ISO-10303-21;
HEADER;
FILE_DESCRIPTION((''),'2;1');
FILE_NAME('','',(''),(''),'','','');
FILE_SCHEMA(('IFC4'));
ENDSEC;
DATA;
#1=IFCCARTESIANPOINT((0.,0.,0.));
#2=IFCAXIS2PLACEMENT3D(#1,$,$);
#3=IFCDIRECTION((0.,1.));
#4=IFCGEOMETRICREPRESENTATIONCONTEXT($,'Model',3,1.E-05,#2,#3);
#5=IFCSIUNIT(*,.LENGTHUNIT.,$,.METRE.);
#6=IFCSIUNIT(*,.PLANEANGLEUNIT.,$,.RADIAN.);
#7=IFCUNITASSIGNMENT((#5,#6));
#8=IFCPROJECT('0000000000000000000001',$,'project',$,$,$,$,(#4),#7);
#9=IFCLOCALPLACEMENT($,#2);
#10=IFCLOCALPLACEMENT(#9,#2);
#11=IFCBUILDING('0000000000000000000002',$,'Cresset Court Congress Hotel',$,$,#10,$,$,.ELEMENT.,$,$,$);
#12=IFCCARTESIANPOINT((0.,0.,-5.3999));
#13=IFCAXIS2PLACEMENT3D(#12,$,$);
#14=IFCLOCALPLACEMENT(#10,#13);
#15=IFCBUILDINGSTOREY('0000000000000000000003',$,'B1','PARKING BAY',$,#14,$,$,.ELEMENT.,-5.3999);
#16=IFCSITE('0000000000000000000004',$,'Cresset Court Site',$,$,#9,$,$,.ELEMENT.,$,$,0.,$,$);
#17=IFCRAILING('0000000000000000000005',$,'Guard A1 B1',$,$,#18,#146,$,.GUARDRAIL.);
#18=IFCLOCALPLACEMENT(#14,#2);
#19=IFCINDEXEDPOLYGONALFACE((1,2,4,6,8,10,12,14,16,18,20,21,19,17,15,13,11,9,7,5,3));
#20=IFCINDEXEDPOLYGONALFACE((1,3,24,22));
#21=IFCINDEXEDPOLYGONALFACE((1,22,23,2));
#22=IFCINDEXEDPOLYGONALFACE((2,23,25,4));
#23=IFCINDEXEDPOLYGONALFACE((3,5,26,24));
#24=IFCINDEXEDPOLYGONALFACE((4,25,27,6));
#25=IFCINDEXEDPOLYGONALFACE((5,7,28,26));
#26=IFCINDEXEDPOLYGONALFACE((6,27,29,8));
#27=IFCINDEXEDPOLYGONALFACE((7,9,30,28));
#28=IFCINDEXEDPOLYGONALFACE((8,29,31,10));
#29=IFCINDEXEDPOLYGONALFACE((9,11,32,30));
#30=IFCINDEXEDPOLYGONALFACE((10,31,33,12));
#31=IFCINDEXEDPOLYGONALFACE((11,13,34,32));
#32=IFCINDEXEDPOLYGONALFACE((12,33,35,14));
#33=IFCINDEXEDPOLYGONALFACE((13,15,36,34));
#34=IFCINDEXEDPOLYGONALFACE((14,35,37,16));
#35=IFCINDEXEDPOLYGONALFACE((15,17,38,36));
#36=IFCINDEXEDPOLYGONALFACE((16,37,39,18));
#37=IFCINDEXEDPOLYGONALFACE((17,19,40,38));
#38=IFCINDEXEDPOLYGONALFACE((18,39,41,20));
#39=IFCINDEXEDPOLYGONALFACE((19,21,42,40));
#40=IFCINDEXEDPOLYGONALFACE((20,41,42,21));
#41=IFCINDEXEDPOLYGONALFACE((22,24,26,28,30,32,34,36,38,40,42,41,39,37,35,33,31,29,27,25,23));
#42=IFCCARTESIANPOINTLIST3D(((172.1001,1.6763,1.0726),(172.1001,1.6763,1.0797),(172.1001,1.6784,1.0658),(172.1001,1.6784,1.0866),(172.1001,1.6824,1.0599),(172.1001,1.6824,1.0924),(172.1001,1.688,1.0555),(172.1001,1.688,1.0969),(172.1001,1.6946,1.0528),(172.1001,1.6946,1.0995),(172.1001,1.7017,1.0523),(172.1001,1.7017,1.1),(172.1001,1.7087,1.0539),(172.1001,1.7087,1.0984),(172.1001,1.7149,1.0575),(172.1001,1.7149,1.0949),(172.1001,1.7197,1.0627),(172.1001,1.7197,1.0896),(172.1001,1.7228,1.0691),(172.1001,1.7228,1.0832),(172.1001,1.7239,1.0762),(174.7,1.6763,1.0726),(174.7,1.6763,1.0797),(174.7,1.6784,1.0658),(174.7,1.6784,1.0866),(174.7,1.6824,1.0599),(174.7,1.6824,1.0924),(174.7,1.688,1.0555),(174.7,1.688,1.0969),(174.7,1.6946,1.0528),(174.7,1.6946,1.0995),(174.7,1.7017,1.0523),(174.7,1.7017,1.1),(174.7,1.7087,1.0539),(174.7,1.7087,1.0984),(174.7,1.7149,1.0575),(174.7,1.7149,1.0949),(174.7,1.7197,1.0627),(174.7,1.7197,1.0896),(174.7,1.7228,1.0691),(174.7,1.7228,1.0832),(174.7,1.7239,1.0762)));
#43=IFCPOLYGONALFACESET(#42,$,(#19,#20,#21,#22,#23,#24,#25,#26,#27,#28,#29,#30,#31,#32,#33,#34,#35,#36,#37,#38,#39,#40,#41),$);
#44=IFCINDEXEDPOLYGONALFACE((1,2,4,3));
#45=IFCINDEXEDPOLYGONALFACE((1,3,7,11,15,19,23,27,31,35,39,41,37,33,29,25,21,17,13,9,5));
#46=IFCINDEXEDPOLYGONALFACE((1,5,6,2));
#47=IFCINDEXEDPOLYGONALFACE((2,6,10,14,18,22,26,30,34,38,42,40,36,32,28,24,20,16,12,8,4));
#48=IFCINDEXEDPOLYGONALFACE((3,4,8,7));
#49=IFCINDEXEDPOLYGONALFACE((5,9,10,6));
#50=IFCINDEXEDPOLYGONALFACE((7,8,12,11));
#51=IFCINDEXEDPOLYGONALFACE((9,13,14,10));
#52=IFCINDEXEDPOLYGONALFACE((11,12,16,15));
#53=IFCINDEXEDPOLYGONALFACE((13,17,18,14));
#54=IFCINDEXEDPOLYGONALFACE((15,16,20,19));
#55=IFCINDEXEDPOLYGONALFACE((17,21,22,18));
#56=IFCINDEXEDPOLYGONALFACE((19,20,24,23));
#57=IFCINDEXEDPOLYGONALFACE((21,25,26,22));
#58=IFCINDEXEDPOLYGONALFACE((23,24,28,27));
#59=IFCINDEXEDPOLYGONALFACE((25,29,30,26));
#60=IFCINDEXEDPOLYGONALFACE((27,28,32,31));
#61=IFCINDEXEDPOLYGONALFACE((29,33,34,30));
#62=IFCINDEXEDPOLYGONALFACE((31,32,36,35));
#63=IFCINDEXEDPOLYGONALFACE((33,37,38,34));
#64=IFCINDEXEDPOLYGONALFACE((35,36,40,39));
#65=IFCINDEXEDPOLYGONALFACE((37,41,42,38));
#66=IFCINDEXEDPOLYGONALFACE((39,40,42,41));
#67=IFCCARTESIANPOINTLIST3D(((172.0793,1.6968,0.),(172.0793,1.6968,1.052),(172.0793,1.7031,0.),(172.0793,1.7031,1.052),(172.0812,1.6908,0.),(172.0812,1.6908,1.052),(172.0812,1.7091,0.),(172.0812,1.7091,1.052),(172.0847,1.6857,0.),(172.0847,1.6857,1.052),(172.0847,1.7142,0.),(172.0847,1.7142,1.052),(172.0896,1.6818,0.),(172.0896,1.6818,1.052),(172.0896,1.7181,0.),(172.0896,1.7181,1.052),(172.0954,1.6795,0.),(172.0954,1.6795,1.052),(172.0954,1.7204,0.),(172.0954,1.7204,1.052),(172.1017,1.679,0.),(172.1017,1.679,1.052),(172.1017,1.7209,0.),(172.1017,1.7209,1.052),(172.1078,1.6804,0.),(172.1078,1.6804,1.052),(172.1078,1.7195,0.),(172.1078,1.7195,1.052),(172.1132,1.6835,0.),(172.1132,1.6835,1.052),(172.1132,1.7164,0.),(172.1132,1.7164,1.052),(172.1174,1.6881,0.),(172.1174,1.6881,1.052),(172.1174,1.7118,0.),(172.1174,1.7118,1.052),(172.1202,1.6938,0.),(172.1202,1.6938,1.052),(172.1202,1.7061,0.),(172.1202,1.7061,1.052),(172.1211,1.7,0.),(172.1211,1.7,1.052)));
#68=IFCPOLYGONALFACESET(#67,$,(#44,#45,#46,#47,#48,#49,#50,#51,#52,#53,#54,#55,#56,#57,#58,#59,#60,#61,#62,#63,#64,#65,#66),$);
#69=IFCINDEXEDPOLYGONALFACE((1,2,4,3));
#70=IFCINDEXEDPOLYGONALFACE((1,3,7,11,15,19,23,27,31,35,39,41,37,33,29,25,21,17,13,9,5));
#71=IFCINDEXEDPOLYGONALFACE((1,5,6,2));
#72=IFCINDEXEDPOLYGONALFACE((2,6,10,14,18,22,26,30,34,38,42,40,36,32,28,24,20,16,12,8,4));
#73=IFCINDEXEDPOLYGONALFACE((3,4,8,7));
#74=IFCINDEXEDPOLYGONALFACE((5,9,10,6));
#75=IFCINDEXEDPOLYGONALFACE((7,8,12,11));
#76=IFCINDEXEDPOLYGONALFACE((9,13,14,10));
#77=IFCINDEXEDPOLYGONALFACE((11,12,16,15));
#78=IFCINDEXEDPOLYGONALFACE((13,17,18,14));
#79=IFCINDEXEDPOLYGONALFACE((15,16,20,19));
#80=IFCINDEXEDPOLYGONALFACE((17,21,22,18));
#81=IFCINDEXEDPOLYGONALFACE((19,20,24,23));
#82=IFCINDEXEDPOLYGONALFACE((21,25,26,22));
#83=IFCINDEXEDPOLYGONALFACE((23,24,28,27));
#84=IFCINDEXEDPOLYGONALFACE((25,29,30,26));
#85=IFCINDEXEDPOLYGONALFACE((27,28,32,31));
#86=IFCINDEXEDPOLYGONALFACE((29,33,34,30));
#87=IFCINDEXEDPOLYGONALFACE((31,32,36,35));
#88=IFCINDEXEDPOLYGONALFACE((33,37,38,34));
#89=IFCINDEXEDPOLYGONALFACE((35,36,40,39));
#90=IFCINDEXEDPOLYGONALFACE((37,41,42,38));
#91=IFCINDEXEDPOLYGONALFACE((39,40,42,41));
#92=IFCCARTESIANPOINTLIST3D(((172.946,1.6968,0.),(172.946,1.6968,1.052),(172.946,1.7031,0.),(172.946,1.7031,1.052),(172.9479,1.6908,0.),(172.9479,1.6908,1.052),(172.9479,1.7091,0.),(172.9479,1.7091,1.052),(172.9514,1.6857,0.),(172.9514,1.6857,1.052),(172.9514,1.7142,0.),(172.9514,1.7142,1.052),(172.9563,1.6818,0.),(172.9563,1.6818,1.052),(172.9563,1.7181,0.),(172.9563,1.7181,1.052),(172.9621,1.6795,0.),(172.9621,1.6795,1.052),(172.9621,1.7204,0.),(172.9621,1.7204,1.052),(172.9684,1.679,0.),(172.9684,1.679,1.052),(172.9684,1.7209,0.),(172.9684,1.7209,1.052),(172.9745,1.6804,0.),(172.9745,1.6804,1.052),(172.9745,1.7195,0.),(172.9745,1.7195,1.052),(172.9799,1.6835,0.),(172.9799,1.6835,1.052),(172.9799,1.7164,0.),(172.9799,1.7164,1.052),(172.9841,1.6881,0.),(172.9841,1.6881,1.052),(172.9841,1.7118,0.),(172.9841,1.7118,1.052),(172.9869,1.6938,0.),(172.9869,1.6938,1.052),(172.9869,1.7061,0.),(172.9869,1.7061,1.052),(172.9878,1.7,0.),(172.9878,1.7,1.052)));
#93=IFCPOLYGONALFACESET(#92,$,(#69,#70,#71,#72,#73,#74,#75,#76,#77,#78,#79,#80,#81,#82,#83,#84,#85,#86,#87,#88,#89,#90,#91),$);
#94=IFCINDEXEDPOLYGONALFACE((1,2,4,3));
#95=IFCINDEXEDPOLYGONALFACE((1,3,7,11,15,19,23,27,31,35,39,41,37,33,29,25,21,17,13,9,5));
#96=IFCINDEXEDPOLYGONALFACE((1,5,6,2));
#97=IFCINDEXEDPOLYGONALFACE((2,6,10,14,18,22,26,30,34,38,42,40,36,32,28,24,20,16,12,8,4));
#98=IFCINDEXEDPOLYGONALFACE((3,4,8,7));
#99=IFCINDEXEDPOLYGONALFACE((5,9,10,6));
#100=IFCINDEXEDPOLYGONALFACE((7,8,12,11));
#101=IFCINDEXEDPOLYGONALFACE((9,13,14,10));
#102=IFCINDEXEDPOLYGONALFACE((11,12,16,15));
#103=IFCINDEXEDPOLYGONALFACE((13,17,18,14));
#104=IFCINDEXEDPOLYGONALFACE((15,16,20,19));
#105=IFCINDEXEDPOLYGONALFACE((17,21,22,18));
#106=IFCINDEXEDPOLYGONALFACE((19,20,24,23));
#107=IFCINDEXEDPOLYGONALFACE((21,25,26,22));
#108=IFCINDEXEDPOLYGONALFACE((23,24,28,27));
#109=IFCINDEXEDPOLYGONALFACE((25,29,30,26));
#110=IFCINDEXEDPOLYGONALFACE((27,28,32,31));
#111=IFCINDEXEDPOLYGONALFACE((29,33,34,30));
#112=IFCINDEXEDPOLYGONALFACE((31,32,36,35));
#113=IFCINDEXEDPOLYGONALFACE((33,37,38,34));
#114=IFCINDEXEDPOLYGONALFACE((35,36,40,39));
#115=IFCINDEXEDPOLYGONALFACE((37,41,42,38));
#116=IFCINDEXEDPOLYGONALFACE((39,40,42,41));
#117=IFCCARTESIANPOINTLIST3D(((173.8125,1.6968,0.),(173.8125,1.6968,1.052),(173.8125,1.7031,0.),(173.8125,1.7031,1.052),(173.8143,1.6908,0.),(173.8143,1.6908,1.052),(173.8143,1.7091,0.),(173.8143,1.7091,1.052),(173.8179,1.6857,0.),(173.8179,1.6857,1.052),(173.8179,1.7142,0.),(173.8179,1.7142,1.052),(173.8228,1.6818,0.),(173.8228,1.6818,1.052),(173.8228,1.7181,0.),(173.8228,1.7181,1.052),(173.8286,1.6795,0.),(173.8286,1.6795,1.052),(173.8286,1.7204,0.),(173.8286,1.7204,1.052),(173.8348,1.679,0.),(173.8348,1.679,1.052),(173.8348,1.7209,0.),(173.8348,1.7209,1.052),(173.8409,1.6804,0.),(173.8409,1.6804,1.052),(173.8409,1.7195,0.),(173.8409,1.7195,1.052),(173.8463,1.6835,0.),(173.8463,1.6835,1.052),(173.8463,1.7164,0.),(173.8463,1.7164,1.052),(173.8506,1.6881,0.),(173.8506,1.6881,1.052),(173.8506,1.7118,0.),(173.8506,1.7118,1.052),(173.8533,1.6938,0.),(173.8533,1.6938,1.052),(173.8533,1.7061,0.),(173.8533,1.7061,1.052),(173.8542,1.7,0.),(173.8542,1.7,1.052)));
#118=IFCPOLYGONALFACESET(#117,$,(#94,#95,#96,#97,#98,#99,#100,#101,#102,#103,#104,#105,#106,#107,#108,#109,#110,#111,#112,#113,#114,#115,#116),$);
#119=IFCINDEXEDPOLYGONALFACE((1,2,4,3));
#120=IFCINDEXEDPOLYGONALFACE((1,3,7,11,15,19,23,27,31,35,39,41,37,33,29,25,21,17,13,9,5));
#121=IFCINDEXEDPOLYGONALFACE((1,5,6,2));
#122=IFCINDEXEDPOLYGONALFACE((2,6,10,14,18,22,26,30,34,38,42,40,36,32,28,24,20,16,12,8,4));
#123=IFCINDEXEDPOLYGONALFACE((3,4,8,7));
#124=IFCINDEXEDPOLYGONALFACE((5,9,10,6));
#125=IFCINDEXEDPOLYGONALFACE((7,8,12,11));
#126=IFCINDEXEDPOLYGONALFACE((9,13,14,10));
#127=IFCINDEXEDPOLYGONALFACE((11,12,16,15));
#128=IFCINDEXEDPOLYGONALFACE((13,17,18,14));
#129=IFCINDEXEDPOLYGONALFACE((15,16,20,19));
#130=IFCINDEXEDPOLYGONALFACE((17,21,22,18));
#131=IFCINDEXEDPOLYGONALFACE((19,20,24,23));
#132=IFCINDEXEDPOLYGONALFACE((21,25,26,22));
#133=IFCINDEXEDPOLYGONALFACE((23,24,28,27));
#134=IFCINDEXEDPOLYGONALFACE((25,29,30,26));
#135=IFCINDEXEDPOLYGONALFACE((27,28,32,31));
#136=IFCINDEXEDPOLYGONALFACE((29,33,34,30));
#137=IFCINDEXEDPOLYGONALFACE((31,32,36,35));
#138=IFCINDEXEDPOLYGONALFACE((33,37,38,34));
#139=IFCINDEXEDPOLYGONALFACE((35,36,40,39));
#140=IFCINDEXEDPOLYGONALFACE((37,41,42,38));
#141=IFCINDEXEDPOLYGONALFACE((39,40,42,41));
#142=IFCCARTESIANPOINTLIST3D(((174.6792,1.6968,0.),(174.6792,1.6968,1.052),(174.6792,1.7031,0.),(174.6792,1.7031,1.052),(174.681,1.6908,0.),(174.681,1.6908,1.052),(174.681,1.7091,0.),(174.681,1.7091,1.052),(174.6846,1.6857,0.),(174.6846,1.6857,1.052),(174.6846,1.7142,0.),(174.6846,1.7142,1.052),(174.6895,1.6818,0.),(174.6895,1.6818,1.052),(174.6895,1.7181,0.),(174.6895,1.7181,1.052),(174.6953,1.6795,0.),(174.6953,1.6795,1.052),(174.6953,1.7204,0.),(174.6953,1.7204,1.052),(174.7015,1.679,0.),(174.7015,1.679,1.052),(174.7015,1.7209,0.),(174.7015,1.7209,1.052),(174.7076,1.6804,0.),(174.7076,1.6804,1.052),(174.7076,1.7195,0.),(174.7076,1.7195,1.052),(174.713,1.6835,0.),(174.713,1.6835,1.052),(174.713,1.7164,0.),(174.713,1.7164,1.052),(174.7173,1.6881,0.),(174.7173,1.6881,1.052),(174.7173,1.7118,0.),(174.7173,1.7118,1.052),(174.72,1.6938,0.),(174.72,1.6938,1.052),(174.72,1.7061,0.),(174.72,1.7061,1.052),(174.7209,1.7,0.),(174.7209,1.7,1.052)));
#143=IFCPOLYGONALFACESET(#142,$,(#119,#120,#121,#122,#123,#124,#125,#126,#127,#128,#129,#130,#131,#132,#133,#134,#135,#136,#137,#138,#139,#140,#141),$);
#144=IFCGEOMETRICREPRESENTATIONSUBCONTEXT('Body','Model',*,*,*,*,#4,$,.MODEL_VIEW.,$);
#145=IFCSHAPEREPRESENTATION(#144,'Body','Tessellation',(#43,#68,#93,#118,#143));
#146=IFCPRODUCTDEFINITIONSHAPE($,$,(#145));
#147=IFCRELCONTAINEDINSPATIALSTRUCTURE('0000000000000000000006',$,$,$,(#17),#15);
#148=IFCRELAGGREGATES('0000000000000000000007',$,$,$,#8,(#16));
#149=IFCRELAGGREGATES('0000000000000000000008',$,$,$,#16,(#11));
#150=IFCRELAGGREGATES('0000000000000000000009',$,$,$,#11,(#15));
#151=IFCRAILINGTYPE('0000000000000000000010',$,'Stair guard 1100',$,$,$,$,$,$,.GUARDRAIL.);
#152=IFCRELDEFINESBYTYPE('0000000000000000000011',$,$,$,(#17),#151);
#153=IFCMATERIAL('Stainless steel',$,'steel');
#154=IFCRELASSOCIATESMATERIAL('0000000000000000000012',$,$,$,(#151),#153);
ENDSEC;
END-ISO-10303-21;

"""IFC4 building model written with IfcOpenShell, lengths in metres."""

from ifc_helpers import new_model, si_unit, direction, frame, origin, origin_2d, place, context, subcontext, project, spatial, circle, extrude, material, type_object, element, save


model = new_model("IFC4")

# Units and contexts
model_context = context("Model", 3, precision=1e-05, world=origin(), true_north=direction((0.0, 1.0)))
body_context = subcontext(model_context, "Body", "Model", "MODEL_VIEW")
ifc_project = project(units=[si_unit("LENGTHUNIT", "METRE"), si_unit("PLANEANGLEUNIT", "RADIAN")], contexts=[model_context])

# Site, building, storey
site_placement = place(None, origin())
site = spatial("IfcSite", under=ifc_project, at=site_placement, Name="Cresset Court Site", CompositionType="ELEMENT", RefElevation=0.0)
building_placement = place(site_placement, origin())
building = spatial("IfcBuilding", under=site, at=building_placement, Name="Cresset Court Congress Hotel", CompositionType="ELEMENT")
storey_placement = place(building_placement, frame((0.0, 0.0, -5.3999)))
storey = spatial("IfcBuildingStorey", under=building, at=storey_placement, Name="B1", Description="PARKING BAY", CompositionType="ELEMENT", Elevation=-5.3999)

# Railing
ifc_material_1 = material(Name="Stainless steel", Category="steel")
railing_type_1 = type_object("IfcRailingType", Name="Stair guard 1100", PredefinedType="GUARDRAIL", material=ifc_material_1)
for number, where, name in (
    (1, (172.1001, 1.7, 0.0), "Guard A1 B1"),
):
    element("IfcRailing", number, at=place(storey_placement, frame(where)), inside=storey, type_object=railing_type_1, Name=name, PredefinedType="GUARDRAIL", context=body_context, shape_type="SweptSolid", body=[
        extrude(circle(Radius=0.0239, at=origin_2d()), frame((0.0, 0.0, 1.0762), z_axis=(1.0, 0.0, 0.0), x_axis=(0.0, 1.0, 0.0)), (0.0, 0.0, 1.0), 2.5999),
        extrude(circle(Radius=0.021, at=origin_2d()), origin(), (0.0, 0.0, 1.0), 1.052),
        extrude(circle(Radius=0.021, at=origin_2d()), frame((0.8667, 0.0, 0.0)), (0.0, 0.0, 1.0), 1.052),
        extrude(circle(Radius=0.021, at=origin_2d()), frame((1.7332, 0.0, 0.0)), (0.0, 0.0, 1.0), 1.052),
        extrude(circle(Radius=0.021, at=origin_2d()), frame((2.5999, 0.0, 0.0)), (0.0, 0.0, 1.0), 1.052),
    ])

save(model, "model.ifc")
